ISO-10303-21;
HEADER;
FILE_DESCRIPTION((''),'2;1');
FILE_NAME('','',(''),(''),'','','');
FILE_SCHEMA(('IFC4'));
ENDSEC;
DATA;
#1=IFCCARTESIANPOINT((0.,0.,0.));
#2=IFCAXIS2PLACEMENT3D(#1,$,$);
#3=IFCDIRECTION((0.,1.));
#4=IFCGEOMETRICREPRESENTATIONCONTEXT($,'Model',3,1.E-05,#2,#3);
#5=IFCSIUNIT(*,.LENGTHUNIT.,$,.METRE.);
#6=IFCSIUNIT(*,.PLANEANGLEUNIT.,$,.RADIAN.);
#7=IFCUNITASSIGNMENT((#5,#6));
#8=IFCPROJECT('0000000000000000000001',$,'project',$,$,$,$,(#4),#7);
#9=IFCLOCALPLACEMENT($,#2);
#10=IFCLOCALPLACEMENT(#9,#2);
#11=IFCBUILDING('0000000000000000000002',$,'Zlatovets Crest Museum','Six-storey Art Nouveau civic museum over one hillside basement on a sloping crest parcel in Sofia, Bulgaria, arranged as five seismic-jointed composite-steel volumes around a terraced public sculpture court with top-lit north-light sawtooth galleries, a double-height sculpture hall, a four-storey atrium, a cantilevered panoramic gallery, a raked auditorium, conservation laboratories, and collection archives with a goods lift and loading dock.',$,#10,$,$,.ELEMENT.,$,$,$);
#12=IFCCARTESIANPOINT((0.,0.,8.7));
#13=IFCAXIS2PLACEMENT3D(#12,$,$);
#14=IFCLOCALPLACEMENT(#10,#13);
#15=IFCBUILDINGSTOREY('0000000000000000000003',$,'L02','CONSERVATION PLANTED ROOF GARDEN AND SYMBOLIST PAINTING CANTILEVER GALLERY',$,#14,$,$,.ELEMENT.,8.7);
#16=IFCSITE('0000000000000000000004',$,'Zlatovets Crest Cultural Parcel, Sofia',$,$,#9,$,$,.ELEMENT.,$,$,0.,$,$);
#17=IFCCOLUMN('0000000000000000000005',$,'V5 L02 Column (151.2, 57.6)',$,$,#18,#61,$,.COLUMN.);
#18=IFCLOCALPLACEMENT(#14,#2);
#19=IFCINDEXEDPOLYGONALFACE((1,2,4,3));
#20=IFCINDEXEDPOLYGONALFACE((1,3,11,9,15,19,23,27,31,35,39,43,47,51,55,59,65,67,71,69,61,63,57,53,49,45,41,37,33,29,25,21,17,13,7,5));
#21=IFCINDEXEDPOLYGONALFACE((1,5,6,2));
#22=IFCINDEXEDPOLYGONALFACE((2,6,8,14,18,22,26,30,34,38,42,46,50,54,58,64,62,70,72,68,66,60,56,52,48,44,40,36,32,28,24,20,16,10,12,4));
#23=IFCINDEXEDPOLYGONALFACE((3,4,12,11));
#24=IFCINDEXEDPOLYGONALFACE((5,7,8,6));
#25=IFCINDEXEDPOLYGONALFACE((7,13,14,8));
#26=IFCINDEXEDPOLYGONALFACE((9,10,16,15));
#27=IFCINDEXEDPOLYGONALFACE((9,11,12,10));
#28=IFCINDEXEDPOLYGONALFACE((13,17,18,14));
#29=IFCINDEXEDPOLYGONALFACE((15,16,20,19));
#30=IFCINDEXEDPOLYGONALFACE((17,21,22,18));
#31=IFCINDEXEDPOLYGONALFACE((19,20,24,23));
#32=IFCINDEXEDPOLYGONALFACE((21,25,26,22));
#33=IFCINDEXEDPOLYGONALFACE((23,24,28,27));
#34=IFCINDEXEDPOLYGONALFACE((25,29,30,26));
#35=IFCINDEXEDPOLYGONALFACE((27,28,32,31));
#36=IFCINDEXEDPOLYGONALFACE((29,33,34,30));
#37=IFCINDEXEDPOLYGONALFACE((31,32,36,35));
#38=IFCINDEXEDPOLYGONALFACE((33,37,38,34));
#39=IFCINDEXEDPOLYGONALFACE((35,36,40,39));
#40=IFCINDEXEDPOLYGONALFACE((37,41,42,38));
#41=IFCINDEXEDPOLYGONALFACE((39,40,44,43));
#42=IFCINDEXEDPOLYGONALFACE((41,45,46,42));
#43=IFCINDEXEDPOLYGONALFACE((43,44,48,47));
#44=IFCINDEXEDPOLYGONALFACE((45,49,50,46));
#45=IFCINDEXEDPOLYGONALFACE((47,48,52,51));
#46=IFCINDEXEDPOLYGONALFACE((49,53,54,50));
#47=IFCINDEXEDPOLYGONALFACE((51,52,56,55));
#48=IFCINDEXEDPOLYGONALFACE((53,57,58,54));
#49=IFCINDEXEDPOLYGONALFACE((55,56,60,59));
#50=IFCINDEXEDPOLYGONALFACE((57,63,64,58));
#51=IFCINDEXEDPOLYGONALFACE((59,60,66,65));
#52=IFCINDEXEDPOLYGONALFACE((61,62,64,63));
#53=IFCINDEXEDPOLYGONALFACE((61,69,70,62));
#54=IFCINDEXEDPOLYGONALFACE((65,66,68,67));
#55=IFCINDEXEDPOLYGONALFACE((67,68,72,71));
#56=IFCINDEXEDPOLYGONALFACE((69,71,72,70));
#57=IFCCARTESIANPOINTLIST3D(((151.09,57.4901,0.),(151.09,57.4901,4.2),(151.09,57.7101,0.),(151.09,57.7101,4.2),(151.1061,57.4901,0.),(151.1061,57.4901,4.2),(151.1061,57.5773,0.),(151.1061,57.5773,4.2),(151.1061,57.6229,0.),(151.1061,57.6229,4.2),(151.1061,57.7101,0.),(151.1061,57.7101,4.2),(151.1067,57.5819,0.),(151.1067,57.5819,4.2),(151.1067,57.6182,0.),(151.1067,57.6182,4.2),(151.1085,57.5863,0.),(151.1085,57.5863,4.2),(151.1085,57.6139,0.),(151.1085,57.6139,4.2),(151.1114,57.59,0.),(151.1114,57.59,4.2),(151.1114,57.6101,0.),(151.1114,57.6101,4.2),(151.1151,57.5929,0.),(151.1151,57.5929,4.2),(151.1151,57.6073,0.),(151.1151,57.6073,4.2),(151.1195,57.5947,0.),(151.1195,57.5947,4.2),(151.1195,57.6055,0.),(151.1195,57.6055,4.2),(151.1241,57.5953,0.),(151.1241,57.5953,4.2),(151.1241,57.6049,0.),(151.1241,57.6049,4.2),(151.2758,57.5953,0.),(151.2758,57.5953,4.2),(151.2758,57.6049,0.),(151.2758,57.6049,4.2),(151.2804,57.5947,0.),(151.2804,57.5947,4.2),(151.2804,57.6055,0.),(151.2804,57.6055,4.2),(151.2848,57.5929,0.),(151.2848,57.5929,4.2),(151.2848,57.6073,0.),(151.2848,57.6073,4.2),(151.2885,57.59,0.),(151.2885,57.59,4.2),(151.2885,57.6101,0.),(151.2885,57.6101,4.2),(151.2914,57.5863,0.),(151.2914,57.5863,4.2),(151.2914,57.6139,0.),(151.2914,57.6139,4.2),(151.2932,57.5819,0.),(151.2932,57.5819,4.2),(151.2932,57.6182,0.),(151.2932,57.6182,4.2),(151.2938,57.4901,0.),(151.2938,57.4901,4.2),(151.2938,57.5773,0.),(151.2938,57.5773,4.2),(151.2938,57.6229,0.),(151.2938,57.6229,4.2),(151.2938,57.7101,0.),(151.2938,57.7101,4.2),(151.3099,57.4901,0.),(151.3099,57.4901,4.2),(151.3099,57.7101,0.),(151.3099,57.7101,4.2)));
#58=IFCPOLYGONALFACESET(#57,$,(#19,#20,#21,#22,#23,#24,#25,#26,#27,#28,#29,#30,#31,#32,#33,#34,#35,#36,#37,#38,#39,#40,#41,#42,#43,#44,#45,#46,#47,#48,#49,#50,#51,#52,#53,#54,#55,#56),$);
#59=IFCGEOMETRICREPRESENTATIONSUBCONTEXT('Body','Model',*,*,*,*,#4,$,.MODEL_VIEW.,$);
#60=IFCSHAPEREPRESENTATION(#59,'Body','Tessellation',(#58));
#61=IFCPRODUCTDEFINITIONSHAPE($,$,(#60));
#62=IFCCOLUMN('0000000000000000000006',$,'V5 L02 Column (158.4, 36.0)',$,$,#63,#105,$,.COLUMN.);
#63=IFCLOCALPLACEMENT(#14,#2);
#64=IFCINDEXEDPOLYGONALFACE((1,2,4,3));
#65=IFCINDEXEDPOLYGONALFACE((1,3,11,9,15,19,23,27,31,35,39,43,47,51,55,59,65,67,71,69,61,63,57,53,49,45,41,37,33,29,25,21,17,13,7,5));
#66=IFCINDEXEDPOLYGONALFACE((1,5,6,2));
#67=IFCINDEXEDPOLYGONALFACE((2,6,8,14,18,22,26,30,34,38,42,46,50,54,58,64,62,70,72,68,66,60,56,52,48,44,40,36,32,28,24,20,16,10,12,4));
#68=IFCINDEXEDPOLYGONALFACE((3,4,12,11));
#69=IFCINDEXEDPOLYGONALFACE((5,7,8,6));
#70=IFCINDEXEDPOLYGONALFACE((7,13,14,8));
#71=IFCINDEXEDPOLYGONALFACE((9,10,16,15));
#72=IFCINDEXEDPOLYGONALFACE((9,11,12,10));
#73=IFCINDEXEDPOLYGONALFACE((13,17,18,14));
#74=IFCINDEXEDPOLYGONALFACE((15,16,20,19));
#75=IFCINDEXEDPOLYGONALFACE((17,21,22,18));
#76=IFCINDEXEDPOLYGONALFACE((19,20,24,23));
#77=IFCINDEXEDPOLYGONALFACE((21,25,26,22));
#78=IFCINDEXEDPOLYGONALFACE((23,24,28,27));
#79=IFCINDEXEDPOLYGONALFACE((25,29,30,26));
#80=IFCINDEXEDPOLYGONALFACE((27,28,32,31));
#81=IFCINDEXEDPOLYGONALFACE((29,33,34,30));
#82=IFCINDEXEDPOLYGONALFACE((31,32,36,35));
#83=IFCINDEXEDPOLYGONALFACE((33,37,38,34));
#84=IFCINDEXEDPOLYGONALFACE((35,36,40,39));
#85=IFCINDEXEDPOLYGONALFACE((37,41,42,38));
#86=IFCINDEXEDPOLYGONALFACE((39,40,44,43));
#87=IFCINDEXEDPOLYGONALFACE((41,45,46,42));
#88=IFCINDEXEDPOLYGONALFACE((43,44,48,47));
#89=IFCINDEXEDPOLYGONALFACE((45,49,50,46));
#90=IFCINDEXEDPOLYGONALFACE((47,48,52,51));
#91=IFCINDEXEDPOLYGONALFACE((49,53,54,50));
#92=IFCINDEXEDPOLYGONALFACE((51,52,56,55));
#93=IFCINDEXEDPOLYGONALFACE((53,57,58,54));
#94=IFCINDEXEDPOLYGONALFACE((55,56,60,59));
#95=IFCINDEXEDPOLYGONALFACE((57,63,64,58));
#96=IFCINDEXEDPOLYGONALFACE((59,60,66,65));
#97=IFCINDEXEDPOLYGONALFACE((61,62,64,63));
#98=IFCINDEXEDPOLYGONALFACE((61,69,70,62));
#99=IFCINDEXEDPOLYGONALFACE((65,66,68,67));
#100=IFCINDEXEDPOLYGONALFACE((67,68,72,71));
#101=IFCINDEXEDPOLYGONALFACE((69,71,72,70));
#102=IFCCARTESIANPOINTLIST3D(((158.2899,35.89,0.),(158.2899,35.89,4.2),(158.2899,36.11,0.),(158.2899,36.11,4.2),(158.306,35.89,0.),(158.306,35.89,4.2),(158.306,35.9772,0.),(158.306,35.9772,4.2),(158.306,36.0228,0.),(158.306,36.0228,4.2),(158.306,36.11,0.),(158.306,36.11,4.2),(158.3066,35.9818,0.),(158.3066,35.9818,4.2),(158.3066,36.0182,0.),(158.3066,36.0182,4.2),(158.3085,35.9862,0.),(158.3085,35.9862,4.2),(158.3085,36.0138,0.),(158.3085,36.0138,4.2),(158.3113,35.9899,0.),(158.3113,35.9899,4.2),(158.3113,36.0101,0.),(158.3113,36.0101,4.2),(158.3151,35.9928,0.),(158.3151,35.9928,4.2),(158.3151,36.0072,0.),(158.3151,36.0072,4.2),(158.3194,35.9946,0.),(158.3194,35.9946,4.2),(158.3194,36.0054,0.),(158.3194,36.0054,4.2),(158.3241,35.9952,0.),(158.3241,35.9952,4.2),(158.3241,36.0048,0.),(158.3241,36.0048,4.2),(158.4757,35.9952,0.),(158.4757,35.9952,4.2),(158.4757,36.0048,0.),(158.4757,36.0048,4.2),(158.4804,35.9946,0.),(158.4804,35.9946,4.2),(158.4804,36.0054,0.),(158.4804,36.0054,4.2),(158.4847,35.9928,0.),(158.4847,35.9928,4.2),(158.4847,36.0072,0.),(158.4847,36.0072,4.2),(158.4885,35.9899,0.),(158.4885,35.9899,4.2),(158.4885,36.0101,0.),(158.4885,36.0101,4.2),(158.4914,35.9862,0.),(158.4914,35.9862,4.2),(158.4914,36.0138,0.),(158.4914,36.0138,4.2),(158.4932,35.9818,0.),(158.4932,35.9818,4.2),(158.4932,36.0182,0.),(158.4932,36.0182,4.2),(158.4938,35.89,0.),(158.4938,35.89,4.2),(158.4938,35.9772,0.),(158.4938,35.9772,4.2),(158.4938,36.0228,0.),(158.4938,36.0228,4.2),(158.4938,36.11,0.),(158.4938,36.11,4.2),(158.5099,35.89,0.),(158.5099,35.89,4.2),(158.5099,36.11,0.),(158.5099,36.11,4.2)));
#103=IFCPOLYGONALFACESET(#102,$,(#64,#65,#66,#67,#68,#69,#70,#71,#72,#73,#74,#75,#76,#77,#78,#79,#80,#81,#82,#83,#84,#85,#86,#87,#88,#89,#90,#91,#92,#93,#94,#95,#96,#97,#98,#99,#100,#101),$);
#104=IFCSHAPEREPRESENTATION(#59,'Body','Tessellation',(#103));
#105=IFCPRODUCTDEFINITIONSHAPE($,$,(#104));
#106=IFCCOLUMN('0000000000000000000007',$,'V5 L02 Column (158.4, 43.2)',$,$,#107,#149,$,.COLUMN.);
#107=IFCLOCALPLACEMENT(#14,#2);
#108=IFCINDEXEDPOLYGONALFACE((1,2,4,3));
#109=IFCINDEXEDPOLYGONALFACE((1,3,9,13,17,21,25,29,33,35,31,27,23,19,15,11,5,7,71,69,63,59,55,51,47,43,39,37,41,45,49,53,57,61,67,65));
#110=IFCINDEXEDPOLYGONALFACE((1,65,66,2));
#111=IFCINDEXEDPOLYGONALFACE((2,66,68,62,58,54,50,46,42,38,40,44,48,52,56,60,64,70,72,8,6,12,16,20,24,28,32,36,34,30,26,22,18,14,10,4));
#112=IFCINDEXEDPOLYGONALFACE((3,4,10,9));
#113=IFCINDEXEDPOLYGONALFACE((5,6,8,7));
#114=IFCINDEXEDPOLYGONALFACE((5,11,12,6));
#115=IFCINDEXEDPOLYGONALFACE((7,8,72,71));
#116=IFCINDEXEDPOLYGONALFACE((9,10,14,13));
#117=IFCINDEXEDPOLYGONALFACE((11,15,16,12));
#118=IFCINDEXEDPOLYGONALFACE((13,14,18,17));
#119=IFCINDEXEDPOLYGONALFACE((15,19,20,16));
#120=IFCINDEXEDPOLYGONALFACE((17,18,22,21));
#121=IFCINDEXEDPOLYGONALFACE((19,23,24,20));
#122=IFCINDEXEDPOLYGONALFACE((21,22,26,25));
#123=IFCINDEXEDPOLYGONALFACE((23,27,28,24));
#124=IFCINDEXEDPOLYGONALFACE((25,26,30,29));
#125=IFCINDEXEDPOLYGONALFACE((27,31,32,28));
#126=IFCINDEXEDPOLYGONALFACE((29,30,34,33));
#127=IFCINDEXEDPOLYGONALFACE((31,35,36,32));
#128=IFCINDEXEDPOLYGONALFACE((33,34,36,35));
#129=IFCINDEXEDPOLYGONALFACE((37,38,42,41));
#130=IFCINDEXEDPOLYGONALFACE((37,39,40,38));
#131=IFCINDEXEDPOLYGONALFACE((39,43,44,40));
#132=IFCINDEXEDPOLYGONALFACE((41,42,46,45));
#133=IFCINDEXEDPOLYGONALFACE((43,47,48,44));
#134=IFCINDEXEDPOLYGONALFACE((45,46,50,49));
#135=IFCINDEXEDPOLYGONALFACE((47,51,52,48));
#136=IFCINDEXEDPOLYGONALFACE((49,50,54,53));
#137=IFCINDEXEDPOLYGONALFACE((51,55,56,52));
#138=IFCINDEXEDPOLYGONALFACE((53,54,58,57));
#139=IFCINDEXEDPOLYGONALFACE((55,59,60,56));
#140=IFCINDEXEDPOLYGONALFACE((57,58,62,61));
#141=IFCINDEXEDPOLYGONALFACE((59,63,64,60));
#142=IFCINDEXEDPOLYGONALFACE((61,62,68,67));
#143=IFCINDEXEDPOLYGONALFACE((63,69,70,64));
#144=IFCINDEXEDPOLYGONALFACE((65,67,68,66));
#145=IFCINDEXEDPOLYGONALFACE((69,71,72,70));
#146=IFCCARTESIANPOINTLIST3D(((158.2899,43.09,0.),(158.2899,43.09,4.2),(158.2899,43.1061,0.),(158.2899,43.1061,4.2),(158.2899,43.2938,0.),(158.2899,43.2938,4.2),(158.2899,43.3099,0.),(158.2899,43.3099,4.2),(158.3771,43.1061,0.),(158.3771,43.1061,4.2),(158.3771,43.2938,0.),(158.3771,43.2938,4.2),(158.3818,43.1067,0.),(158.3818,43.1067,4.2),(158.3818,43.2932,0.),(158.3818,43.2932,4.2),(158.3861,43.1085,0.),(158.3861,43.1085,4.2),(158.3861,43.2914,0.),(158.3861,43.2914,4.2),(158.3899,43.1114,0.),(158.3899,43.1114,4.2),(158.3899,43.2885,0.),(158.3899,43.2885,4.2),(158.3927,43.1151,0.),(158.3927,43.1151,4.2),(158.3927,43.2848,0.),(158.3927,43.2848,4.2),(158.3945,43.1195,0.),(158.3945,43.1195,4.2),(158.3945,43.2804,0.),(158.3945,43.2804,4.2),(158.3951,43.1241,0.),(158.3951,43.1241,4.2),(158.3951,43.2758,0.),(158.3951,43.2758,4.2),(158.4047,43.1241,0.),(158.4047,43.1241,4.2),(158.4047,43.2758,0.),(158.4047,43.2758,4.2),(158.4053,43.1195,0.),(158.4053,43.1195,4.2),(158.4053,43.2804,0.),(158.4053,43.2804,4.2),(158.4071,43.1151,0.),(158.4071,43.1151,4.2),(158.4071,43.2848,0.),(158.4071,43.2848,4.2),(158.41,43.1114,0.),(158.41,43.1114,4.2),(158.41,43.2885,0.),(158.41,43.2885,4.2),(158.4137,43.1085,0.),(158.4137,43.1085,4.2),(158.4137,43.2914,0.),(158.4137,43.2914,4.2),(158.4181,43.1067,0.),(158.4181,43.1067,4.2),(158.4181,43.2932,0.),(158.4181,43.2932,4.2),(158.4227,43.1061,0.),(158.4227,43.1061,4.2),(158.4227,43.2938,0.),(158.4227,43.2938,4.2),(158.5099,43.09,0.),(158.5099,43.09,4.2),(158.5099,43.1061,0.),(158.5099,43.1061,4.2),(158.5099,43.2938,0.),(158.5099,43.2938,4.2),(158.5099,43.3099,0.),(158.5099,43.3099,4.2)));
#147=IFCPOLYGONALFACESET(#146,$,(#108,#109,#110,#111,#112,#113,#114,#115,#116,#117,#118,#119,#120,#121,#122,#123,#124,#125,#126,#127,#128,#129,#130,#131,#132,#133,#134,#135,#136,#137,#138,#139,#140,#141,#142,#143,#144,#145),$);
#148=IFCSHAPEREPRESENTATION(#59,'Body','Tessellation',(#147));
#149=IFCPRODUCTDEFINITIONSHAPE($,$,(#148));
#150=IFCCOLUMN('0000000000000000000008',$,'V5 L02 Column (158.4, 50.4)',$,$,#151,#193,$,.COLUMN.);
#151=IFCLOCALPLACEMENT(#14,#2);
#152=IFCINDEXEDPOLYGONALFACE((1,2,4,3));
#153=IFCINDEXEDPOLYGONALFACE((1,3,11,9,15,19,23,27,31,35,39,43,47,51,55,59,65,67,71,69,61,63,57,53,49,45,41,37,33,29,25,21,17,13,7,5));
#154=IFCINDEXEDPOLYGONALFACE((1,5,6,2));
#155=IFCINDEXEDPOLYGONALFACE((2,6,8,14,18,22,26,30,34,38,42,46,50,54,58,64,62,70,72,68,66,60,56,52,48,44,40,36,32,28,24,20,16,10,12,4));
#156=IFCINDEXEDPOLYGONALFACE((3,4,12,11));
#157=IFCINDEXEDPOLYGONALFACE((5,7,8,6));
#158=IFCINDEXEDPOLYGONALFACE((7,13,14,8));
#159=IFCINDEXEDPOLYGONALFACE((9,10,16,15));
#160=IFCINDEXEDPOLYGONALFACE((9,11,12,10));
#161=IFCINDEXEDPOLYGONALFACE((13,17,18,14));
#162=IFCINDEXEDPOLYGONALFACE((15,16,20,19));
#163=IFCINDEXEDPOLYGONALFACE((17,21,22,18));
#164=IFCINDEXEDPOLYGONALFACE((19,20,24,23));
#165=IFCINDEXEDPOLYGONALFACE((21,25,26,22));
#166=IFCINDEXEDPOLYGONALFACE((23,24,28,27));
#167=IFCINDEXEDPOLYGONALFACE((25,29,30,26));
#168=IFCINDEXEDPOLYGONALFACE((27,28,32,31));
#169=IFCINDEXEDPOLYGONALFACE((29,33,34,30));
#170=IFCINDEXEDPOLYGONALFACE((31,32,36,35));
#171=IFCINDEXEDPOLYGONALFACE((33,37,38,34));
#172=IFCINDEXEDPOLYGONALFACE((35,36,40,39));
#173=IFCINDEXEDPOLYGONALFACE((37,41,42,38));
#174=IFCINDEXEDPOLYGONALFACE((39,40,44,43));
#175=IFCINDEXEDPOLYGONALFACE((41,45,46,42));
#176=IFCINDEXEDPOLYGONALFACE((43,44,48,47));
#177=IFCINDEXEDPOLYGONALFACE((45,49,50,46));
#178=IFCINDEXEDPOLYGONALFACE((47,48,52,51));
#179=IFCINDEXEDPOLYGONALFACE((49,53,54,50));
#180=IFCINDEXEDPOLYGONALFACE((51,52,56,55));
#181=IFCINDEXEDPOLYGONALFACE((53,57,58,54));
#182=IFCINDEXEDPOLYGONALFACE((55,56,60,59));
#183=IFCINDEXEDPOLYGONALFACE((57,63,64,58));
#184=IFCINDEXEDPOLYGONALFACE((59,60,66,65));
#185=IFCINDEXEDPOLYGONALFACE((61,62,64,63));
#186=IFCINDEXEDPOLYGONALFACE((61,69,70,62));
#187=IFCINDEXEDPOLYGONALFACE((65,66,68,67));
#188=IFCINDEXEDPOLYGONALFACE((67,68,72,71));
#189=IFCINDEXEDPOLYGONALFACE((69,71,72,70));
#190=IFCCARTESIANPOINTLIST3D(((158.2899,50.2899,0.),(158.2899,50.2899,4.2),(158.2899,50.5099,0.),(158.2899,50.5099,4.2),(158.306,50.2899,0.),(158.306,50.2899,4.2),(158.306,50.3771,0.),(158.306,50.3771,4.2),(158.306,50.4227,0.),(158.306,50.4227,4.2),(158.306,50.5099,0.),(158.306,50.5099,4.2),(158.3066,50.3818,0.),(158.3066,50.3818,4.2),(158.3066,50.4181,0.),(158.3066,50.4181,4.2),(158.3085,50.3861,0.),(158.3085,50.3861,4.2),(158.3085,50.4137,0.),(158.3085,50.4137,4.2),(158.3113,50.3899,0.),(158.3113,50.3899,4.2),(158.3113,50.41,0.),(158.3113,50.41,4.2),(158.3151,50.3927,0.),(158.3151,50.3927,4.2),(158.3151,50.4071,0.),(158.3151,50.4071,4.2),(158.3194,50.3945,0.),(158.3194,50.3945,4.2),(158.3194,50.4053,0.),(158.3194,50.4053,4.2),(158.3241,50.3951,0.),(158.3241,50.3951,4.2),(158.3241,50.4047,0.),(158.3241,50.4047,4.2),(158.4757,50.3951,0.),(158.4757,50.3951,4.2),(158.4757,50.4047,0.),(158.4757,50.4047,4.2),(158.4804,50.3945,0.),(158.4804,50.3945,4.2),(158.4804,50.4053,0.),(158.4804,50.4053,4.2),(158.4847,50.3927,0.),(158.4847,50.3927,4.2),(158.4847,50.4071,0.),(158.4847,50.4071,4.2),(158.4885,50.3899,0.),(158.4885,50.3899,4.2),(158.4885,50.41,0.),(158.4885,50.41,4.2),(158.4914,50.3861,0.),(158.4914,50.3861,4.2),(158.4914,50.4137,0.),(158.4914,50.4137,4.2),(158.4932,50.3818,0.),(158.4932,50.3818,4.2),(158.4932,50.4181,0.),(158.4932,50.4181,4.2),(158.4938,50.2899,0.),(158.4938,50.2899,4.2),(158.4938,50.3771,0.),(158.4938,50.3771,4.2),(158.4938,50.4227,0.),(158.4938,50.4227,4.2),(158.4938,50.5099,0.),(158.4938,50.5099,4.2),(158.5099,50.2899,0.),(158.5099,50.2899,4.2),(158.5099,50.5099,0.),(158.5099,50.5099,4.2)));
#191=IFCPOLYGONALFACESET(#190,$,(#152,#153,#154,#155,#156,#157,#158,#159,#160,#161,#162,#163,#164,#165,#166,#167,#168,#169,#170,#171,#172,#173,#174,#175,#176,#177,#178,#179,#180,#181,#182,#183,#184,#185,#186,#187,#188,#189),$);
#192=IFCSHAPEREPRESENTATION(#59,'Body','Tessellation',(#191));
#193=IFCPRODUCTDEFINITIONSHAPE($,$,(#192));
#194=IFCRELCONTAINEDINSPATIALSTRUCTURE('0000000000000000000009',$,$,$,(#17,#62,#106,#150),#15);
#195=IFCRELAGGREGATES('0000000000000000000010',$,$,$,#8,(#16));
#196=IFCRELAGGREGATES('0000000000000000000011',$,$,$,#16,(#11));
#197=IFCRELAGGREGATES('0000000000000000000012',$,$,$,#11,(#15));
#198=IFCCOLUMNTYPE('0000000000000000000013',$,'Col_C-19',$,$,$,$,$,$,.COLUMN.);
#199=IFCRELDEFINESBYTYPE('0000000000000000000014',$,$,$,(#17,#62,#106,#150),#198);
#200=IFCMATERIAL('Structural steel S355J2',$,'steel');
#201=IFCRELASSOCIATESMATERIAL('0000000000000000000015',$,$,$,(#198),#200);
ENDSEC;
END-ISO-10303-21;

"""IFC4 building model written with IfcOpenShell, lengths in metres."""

from ifc_helpers import new_model, si_unit, direction, frame, origin, origin_2d, place, context, subcontext, project, spatial, i_section, extrude, material, material_profile, profile_set, type_object, element, save


model = new_model("IFC4")

# Units and contexts
model_context = context("Model", 3, precision=1e-05, world=origin(), true_north=direction((0.0, 1.0)))
body_context = subcontext(model_context, "Body", "Model", "MODEL_VIEW")
ifc_project = project(units=[si_unit("LENGTHUNIT", "METRE"), si_unit("PLANEANGLEUNIT", "RADIAN")], contexts=[model_context])

# Site, building, storey
site_placement = place(None, origin())
site = spatial("IfcSite", under=ifc_project, at=site_placement, Name="Zlatovets Crest Cultural Parcel, Sofia", CompositionType="ELEMENT", RefElevation=0.0)
building_placement = place(site_placement, origin())
building = spatial("IfcBuilding", under=site, at=building_placement, Name="Zlatovets Crest Museum", Description="Six-storey Art Nouveau civic museum over one hillside basement on a sloping crest parcel in Sofia, Bulgaria, arranged as five seismic-jointed composite-steel volumes around a terraced public sculpture court with top-lit north-light sawtooth galleries, a double-height sculpture hall, a four-storey atrium, a cantilevered panoramic gallery, a raked auditorium, conservation laboratories, and collection archives with a goods lift and loading dock.", CompositionType="ELEMENT")
storey_placement = place(building_placement, frame((0.0, 0.0, 8.7)))
storey = spatial("IfcBuildingStorey", under=building, at=storey_placement, Name="L02", Description="CONSERVATION PLANTED ROOF GARDEN AND SYMBOLIST PAINTING CANTILEVER GALLERY", CompositionType="ELEMENT", Elevation=8.7)

# Columns
ifc_material_1 = material(Name="Structural steel S355J2", Category="steel")
ifc_material_profile_1 = material_profile(ifc_material_1, i_section(OverallWidth=0.22, OverallDepth=0.22, WebThickness=0.0095, FlangeThickness=0.0161, FilletRadius=0.0181, at=origin_2d()), Name="HEB 220")
ifc_profile_set_1 = profile_set([ifc_material_profile_1], Name="Structural steel S355J2")
column_type = type_object("IfcColumnType", Name="Col_C-19", PredefinedType="COLUMN", material=ifc_profile_set_1)
for number, where, z_axis, x_axis, name in (
    (1, (151.2, 57.6001, 0.0), (0.0, 0.0, 1.0), (0.0, 1.0, 0.0), "V5 L02 Column (151.2, 57.6)"),
    (2, (158.3999, 36.0, 0.0), (0.0, 0.0, 1.0), (0.0, 1.0, 0.0), "V5 L02 Column (158.4, 36.0)"),
    (3, (158.3999, 43.2, 0.0), (0.0, 0.0, 1.0), (1.0, 0.0, 0.0), "V5 L02 Column (158.4, 43.2)"),
    (4, (158.3999, 50.3999, 0.0), (0.0, 0.0, 1.0), (0.0, 1.0, 0.0), "V5 L02 Column (158.4, 50.4)"),
):
    element("IfcColumn", number, at=place(storey_placement, frame(where, z_axis=z_axis, x_axis=x_axis)), inside=storey, type_object=column_type, Name=name, PredefinedType="COLUMN", context=body_context, shape_type="SweptSolid", body=[
        extrude(i_section(OverallWidth=0.22, OverallDepth=0.22, WebThickness=0.0095, FlangeThickness=0.0161, FilletRadius=0.0181, at=origin_2d()), origin(), (0.0, 0.0, 1.0), 4.2),
    ])

save(model, "model.ifc")
